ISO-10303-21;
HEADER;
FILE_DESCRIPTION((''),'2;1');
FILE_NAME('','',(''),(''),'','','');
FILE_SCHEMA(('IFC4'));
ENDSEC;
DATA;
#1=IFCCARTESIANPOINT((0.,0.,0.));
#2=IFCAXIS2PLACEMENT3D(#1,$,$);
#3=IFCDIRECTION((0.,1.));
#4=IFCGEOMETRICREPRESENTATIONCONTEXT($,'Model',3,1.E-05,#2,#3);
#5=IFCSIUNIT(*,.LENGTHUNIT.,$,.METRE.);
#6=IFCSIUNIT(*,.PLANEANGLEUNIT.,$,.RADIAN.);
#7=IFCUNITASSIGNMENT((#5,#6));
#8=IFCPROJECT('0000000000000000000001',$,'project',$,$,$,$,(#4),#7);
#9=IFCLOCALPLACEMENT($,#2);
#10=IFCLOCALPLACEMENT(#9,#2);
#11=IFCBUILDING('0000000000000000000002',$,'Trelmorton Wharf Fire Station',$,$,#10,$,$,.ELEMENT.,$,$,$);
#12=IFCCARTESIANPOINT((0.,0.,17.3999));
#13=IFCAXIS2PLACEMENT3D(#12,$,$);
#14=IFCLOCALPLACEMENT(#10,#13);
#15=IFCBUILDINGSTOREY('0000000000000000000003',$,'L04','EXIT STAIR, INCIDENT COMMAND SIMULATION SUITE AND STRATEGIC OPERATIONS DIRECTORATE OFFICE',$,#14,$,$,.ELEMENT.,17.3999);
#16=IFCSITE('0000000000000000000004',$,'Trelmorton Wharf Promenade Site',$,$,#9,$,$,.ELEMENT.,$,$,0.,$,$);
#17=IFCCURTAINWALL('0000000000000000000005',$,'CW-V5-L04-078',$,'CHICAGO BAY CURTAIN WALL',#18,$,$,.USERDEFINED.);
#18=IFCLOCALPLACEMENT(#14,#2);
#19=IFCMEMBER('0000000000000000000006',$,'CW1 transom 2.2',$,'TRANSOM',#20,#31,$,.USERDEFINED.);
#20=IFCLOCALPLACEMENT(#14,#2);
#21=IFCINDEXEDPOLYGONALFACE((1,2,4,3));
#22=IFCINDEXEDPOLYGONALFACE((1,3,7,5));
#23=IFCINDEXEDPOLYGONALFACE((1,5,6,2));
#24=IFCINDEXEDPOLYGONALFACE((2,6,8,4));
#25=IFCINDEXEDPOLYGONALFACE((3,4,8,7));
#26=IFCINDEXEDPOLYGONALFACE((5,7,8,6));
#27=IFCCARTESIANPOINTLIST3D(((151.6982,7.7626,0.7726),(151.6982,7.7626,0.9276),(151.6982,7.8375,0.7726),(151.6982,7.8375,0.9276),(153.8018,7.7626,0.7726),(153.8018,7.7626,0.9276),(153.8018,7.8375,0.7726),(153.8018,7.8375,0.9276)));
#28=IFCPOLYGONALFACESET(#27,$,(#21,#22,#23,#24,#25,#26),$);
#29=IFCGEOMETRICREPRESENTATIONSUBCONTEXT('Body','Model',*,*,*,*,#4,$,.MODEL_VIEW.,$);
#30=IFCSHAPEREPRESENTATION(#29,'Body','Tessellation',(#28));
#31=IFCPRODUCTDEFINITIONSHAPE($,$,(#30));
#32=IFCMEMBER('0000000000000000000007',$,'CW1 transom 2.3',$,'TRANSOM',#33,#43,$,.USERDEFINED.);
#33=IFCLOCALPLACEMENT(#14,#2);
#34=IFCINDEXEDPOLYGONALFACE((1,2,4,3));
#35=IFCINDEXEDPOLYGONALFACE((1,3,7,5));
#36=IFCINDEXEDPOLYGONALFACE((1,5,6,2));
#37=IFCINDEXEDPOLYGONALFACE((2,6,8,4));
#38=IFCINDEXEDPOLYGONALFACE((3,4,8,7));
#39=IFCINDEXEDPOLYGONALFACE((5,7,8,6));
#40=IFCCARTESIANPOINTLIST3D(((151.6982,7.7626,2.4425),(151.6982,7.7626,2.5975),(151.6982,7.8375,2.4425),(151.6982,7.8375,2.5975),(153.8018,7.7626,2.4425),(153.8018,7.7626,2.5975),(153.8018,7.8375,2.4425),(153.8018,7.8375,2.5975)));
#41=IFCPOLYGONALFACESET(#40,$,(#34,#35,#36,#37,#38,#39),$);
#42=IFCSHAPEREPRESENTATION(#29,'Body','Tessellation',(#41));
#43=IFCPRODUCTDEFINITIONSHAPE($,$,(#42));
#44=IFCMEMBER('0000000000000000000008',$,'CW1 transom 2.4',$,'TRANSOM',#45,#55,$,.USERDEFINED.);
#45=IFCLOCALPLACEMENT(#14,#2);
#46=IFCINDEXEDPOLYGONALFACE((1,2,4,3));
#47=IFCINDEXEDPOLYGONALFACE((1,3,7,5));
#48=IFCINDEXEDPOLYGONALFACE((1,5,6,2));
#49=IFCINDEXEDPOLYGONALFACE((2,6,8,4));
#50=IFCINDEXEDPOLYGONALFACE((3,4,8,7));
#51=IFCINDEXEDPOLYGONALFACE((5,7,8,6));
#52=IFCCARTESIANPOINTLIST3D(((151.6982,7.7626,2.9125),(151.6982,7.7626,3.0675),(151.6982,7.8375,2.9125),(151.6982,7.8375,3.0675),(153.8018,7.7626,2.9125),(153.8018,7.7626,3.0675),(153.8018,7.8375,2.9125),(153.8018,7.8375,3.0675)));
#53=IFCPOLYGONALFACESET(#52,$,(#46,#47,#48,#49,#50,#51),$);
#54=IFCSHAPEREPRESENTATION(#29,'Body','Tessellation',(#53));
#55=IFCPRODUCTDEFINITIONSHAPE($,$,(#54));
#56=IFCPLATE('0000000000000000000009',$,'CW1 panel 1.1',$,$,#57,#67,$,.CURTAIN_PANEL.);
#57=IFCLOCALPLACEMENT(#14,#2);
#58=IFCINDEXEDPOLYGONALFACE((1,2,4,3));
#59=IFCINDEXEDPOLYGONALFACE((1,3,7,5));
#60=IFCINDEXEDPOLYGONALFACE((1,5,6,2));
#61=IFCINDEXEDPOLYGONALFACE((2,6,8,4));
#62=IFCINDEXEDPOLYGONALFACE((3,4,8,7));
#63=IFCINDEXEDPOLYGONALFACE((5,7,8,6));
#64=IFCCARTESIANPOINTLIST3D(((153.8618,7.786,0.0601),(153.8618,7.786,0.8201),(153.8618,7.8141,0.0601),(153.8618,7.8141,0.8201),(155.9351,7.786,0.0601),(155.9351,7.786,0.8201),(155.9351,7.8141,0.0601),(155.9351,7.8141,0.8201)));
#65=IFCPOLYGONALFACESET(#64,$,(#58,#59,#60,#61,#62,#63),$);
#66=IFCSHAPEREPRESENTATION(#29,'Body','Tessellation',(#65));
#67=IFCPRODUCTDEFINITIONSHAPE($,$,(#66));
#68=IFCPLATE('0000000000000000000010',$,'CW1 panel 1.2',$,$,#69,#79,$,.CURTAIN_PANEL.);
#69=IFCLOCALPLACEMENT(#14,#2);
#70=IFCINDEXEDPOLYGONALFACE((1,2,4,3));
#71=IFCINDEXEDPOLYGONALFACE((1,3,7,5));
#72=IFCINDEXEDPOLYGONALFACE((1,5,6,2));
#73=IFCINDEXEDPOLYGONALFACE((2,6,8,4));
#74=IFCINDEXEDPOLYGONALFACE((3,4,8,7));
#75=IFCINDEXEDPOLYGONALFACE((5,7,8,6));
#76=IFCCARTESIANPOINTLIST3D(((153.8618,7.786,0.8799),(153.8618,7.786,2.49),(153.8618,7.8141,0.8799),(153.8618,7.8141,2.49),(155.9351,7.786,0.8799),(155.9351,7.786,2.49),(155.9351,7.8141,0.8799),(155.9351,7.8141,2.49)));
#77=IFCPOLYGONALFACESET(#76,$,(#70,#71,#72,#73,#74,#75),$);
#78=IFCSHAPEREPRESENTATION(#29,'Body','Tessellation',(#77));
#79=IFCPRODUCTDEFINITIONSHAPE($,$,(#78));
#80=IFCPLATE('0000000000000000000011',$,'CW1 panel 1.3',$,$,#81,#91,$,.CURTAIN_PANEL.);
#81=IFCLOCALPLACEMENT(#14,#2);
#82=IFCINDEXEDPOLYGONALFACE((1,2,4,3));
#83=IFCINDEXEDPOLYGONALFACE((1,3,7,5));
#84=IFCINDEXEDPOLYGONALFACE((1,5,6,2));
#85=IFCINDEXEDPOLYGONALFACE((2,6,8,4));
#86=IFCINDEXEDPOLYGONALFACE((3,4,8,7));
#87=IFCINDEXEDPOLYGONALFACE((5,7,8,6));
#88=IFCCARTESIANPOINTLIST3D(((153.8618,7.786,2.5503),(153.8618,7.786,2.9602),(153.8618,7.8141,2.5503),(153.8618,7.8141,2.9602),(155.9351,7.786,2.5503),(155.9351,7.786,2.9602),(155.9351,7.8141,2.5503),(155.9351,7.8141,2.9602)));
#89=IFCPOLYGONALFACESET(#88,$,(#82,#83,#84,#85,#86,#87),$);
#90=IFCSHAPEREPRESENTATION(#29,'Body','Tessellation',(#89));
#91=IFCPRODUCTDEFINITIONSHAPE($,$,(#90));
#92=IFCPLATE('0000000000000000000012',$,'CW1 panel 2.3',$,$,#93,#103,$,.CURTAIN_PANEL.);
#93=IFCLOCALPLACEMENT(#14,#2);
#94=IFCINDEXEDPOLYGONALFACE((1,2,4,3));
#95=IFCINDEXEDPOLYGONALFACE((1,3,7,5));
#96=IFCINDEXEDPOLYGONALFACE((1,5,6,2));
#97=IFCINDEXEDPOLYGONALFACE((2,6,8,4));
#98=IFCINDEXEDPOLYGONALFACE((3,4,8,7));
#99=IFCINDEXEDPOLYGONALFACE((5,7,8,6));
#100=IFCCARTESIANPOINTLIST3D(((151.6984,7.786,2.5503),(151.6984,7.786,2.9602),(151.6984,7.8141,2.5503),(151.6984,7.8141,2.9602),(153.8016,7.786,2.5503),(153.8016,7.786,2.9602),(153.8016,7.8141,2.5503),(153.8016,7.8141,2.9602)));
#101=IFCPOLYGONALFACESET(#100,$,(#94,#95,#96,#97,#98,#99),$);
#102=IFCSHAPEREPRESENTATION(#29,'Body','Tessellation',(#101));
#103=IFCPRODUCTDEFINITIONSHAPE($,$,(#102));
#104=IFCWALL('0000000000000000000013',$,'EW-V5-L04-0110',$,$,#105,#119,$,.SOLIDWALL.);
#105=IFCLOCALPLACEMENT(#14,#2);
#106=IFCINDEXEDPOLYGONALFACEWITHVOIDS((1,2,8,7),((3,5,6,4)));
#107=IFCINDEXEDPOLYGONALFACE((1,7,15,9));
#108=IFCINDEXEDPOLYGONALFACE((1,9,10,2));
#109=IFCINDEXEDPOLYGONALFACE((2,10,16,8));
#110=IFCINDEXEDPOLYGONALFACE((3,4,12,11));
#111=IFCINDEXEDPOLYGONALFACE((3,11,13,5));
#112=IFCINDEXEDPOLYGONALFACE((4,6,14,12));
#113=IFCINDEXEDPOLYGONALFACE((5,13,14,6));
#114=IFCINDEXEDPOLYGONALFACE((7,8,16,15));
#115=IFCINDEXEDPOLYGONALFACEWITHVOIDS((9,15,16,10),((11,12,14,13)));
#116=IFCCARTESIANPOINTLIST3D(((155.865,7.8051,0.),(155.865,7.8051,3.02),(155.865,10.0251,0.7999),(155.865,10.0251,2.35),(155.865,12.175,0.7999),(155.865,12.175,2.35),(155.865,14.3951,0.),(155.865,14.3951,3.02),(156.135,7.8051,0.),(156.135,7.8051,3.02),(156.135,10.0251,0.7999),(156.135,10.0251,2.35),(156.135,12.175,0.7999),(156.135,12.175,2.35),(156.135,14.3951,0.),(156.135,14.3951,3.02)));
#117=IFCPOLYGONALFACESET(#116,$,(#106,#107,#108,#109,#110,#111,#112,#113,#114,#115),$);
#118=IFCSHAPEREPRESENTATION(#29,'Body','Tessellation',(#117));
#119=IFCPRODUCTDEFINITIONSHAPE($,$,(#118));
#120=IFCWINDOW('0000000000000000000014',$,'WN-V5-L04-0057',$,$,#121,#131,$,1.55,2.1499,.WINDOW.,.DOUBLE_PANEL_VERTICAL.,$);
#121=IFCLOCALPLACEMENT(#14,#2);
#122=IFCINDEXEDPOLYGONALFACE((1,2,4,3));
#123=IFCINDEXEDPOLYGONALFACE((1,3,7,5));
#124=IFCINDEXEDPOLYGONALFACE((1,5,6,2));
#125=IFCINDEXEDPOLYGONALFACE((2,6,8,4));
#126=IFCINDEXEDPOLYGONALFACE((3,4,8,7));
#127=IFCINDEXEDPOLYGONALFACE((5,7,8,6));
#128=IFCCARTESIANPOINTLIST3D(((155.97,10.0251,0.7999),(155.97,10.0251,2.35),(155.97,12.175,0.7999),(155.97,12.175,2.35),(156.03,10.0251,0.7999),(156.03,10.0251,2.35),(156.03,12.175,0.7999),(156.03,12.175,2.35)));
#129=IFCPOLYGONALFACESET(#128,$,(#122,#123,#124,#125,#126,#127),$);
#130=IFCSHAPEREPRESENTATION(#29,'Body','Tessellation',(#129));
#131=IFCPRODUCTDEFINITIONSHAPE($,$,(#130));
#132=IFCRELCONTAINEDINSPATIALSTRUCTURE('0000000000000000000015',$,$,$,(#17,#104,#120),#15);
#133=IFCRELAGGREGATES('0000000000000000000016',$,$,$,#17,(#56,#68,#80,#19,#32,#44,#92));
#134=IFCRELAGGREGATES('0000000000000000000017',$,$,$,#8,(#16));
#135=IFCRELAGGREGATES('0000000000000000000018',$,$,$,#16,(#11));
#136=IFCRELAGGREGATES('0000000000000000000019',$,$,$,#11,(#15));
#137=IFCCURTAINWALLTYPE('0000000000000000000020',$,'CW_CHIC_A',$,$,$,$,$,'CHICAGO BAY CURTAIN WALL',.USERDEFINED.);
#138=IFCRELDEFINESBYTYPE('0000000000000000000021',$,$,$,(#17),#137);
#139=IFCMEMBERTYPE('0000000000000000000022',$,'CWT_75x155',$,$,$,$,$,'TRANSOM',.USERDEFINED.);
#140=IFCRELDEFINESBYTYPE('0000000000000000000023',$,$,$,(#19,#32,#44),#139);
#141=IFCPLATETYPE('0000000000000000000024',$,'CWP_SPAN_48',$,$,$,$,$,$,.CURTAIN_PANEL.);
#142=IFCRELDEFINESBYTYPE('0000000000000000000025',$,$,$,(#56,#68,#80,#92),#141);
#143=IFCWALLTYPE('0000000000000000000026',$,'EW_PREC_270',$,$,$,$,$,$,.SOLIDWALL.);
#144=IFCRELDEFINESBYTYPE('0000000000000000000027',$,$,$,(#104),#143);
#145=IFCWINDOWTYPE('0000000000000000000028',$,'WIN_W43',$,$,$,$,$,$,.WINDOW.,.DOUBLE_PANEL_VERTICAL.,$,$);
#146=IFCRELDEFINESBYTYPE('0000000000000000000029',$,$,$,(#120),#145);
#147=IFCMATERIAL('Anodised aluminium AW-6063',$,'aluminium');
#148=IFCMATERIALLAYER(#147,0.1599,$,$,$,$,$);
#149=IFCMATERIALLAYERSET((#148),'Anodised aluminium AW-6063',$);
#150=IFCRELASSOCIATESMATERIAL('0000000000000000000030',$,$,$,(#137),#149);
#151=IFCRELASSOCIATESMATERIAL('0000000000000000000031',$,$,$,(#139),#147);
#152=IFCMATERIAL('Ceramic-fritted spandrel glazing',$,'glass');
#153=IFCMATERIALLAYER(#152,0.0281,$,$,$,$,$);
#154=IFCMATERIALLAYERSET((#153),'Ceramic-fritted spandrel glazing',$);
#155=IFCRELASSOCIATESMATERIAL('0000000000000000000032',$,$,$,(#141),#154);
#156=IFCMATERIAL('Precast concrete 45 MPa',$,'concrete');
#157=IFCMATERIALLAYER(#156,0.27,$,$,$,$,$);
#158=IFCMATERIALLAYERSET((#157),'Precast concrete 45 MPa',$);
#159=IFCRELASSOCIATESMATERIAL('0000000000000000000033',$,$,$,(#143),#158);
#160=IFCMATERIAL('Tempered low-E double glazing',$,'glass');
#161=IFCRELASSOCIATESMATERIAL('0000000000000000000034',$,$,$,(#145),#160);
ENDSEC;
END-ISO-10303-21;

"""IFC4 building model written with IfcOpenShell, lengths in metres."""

from ifc_helpers import new_model, si_unit, direction, frame, frame_2d, origin, origin_2d, place, context, subcontext, project, spatial, rectangle, extrude, material, layer, layer_set, material_profile, profile_set, type_object, element, fill, aggregate, save


model = new_model("IFC4")

# Units and contexts
model_context = context("Model", 3, precision=1e-05, world=origin(), true_north=direction((0.0, 1.0)))
body_context = subcontext(model_context, "Body", "Model", "MODEL_VIEW")
ifc_project = project(units=[si_unit("LENGTHUNIT", "METRE"), si_unit("PLANEANGLEUNIT", "RADIAN")], contexts=[model_context])

# Site, building, storey
site_placement = place(None, origin())
site = spatial("IfcSite", under=ifc_project, at=site_placement, Name="Trelmorton Wharf Promenade Site", CompositionType="ELEMENT", RefElevation=0.0)
building_placement = place(site_placement, origin())
building = spatial("IfcBuilding", under=site, at=building_placement, Name="Trelmorton Wharf Fire Station", CompositionType="ELEMENT")
storey_placement = place(building_placement, frame((0.0, 0.0, 17.3999)))
storey = spatial("IfcBuildingStorey", under=building, at=storey_placement, Name="L04", Description="EXIT STAIR, INCIDENT COMMAND SIMULATION SUITE AND STRATEGIC OPERATIONS DIRECTORATE OFFICE", CompositionType="ELEMENT", Elevation=17.3999)

# Curtain wall, members, plates
ifc_material_1 = material(Name="Anodised aluminium AW-6063", Category="aluminium")
ifc_layer_1 = layer(ifc_material_1, 0.1599)
ifc_layer_set_1 = layer_set([ifc_layer_1], Name="Anodised aluminium AW-6063")
curtain_wall_type = type_object("IfcCurtainWallType", Name="CW_CHIC_A", ElementType="CHICAGO BAY CURTAIN WALL", PredefinedType="USERDEFINED", material=ifc_layer_set_1)
curtain_wall_placement = place(storey_placement, origin())
curtain_wall = element("IfcCurtainWall", 1, at=curtain_wall_placement, inside=storey, type_object=curtain_wall_type, Name="CW-V5-L04-078", ObjectType="CHICAGO BAY CURTAIN WALL", PredefinedType="USERDEFINED")
ifc_material_profile_1 = material_profile(ifc_material_1, rectangle(XDim=0.075, YDim=0.155, at=origin_2d()), Name="ALU-75x155")
ifc_profile_set_1 = profile_set([ifc_material_profile_1], Name="Anodised aluminium AW-6063")
member_type_1 = type_object("IfcMemberType", Name="CWT_75x155", ElementType="TRANSOM", PredefinedType="USERDEFINED", material=ifc_profile_set_1)
member_1_placement = place(storey_placement, frame((153.8018, 7.8, 0.8501), z_axis=(-1.0, 0.0, 0.0), x_axis=(0.0, -1.0, 0.0)))
member_1 = element("IfcMember", 2, at=member_1_placement, type_object=member_type_1, Name="CW1 transom 2.2", ObjectType="TRANSOM", PredefinedType="USERDEFINED", context=body_context, shape_type="SweptSolid", body=[
    extrude(rectangle(XDim=0.075, YDim=0.155, at=origin_2d()), origin(), (0.0, 0.0, 1.0), 2.1035),
])
member_2_placement = place(storey_placement, frame((153.8018, 7.8, 2.52), z_axis=(-1.0, 0.0, 0.0), x_axis=(0.0, -1.0, 0.0)))
member_2 = element("IfcMember", 3, at=member_2_placement, type_object=member_type_1, Name="CW1 transom 2.3", ObjectType="TRANSOM", PredefinedType="USERDEFINED", context=body_context, shape_type="SweptSolid", body=[
    extrude(rectangle(XDim=0.075, YDim=0.155, at=origin_2d()), origin(), (0.0, 0.0, 1.0), 2.1035),
])
member_3_placement = place(storey_placement, frame((153.8018, 7.8, 2.99), z_axis=(-1.0, 0.0, 0.0), x_axis=(0.0, -1.0, 0.0)))
member_3 = element("IfcMember", 4, at=member_3_placement, type_object=member_type_1, Name="CW1 transom 2.4", ObjectType="TRANSOM", PredefinedType="USERDEFINED", context=body_context, shape_type="SweptSolid", body=[
    extrude(rectangle(XDim=0.075, YDim=0.155, at=origin_2d()), origin(), (0.0, 0.0, 1.0), 2.1035),
])
ifc_material_2 = material(Name="Ceramic-fritted spandrel glazing", Category="glass")
ifc_layer_2 = layer(ifc_material_2, 0.0281)
ifc_layer_set_2 = layer_set([ifc_layer_2], Name="Ceramic-fritted spandrel glazing")
plate_type = type_object("IfcPlateType", Name="CWP_SPAN_48", PredefinedType="CURTAIN_PANEL", material=ifc_layer_set_2)
plate_1_placement = place(storey_placement, frame((154.8984, 7.8, 0.0601), z_axis=(0.0, 0.0, 1.0), x_axis=(-1.0, 0.0, 0.0)))
plate_1 = element("IfcPlate", 5, at=plate_1_placement, type_object=plate_type, Name="CW1 panel 1.1", PredefinedType="CURTAIN_PANEL", context=body_context, shape_type="SweptSolid", body=[
    extrude(rectangle(XDim=2.0732, YDim=0.0281, at=origin_2d()), origin(), (0.0, 0.0, 1.0), 0.76),
])
plate_2_placement = place(storey_placement, frame((154.8984, 7.8, 0.8799), z_axis=(0.0, 0.0, 1.0), x_axis=(-1.0, 0.0, 0.0)))
plate_2 = element("IfcPlate", 6, at=plate_2_placement, type_object=plate_type, Name="CW1 panel 1.2", PredefinedType="CURTAIN_PANEL", context=body_context, shape_type="SweptSolid", body=[
    extrude(rectangle(XDim=2.0732, YDim=0.0281, at=origin_2d()), origin(), (0.0, 0.0, 1.0), 1.6101),
])
plate_3_placement = place(storey_placement, frame((154.8984, 7.8, 2.5503), z_axis=(0.0, 0.0, 1.0), x_axis=(-1.0, 0.0, 0.0)))
plate_3 = element("IfcPlate", 7, at=plate_3_placement, type_object=plate_type, Name="CW1 panel 1.3", PredefinedType="CURTAIN_PANEL", context=body_context, shape_type="SweptSolid", body=[
    extrude(rectangle(XDim=2.0732, YDim=0.0281, at=origin_2d()), origin(), (0.0, 0.0, 1.0), 0.4099),
])
plate_4_placement = place(storey_placement, frame((152.75, 7.8, 2.5503), z_axis=(0.0, 0.0, 1.0), x_axis=(-1.0, 0.0, 0.0)))
plate_4 = element("IfcPlate", 8, at=plate_4_placement, type_object=plate_type, Name="CW1 panel 2.3", PredefinedType="CURTAIN_PANEL", context=body_context, shape_type="SweptSolid", body=[
    extrude(rectangle(XDim=2.1033, YDim=0.0281, at=origin_2d()), origin(), (0.0, 0.0, 1.0), 0.4099),
])
aggregate(curtain_wall, [plate_1, plate_2, plate_3, member_1, member_2, member_3, plate_4])

# Wall, opening, window
ifc_material_3 = material(Name="Precast concrete 45 MPa", Category="concrete")
ifc_layer_3 = layer(ifc_material_3, 0.27)
ifc_layer_set_3 = layer_set([ifc_layer_3], Name="Precast concrete 45 MPa")
wall_type = type_object("IfcWallType", Name="EW_PREC_270", PredefinedType="SOLIDWALL", material=ifc_layer_set_3)
wall_placement = place(storey_placement, frame((156.0, 14.395, 0.0), z_axis=(0.0, 0.0, 1.0), x_axis=(0.0, -1.0, 0.0)))
wall = element("IfcWall", 9, at=wall_placement, inside=storey, type_object=wall_type, Name="EW-V5-L04-0110", PredefinedType="SOLIDWALL", context=body_context, shape_type="SweptSolid", body=[
    extrude(rectangle(XDim=6.5901, YDim=0.27, at=frame_2d((3.2949, 0.0))), origin(), (0.0, 0.0, 1.0), 3.02),
])
opening_placement = place(wall_placement, frame((2.22, 0.0, 0.8)))
opening = element("IfcOpeningElement", 10, at=opening_placement, cuts=wall, PredefinedType="OPENING", context=body_context, shape_type="SweptSolid", body=[
    extrude(rectangle(XDim=2.1499, YDim=1.55, at=frame_2d((1.075, 0.7749))), frame((0.0, 0.145, 0.0), z_axis=(0.0, -1.0, 0.0), x_axis=(1.0, 0.0, 0.0)), (0.0, 0.0, 1.0), 0.29),
])
ifc_material_4 = material(Name="Tempered low-E double glazing", Category="glass")
window_type = type_object("IfcWindowType", Name="WIN_W43", PartitioningType="DOUBLE_PANEL_VERTICAL", PredefinedType="WINDOW", material=ifc_material_4)
window_placement = place(opening_placement, origin())
window = element("IfcWindow", 11, at=window_placement, inside=storey, type_object=window_type, Name="WN-V5-L04-0057", OverallHeight=1.55, OverallWidth=2.1499, PartitioningType="DOUBLE_PANEL_VERTICAL", PredefinedType="WINDOW", context=body_context, shape_type="SweptSolid", body=[
    extrude(rectangle(XDim=2.1499, YDim=1.55, at=frame_2d((1.075, 0.7749))), frame((0.0, 0.03, 0.0), z_axis=(0.0, -1.0, 0.0), x_axis=(1.0, 0.0, 0.0)), (0.0, 0.0, 1.0), 0.0601),
])
fill(opening, window)

save(model, "model.ifc")
